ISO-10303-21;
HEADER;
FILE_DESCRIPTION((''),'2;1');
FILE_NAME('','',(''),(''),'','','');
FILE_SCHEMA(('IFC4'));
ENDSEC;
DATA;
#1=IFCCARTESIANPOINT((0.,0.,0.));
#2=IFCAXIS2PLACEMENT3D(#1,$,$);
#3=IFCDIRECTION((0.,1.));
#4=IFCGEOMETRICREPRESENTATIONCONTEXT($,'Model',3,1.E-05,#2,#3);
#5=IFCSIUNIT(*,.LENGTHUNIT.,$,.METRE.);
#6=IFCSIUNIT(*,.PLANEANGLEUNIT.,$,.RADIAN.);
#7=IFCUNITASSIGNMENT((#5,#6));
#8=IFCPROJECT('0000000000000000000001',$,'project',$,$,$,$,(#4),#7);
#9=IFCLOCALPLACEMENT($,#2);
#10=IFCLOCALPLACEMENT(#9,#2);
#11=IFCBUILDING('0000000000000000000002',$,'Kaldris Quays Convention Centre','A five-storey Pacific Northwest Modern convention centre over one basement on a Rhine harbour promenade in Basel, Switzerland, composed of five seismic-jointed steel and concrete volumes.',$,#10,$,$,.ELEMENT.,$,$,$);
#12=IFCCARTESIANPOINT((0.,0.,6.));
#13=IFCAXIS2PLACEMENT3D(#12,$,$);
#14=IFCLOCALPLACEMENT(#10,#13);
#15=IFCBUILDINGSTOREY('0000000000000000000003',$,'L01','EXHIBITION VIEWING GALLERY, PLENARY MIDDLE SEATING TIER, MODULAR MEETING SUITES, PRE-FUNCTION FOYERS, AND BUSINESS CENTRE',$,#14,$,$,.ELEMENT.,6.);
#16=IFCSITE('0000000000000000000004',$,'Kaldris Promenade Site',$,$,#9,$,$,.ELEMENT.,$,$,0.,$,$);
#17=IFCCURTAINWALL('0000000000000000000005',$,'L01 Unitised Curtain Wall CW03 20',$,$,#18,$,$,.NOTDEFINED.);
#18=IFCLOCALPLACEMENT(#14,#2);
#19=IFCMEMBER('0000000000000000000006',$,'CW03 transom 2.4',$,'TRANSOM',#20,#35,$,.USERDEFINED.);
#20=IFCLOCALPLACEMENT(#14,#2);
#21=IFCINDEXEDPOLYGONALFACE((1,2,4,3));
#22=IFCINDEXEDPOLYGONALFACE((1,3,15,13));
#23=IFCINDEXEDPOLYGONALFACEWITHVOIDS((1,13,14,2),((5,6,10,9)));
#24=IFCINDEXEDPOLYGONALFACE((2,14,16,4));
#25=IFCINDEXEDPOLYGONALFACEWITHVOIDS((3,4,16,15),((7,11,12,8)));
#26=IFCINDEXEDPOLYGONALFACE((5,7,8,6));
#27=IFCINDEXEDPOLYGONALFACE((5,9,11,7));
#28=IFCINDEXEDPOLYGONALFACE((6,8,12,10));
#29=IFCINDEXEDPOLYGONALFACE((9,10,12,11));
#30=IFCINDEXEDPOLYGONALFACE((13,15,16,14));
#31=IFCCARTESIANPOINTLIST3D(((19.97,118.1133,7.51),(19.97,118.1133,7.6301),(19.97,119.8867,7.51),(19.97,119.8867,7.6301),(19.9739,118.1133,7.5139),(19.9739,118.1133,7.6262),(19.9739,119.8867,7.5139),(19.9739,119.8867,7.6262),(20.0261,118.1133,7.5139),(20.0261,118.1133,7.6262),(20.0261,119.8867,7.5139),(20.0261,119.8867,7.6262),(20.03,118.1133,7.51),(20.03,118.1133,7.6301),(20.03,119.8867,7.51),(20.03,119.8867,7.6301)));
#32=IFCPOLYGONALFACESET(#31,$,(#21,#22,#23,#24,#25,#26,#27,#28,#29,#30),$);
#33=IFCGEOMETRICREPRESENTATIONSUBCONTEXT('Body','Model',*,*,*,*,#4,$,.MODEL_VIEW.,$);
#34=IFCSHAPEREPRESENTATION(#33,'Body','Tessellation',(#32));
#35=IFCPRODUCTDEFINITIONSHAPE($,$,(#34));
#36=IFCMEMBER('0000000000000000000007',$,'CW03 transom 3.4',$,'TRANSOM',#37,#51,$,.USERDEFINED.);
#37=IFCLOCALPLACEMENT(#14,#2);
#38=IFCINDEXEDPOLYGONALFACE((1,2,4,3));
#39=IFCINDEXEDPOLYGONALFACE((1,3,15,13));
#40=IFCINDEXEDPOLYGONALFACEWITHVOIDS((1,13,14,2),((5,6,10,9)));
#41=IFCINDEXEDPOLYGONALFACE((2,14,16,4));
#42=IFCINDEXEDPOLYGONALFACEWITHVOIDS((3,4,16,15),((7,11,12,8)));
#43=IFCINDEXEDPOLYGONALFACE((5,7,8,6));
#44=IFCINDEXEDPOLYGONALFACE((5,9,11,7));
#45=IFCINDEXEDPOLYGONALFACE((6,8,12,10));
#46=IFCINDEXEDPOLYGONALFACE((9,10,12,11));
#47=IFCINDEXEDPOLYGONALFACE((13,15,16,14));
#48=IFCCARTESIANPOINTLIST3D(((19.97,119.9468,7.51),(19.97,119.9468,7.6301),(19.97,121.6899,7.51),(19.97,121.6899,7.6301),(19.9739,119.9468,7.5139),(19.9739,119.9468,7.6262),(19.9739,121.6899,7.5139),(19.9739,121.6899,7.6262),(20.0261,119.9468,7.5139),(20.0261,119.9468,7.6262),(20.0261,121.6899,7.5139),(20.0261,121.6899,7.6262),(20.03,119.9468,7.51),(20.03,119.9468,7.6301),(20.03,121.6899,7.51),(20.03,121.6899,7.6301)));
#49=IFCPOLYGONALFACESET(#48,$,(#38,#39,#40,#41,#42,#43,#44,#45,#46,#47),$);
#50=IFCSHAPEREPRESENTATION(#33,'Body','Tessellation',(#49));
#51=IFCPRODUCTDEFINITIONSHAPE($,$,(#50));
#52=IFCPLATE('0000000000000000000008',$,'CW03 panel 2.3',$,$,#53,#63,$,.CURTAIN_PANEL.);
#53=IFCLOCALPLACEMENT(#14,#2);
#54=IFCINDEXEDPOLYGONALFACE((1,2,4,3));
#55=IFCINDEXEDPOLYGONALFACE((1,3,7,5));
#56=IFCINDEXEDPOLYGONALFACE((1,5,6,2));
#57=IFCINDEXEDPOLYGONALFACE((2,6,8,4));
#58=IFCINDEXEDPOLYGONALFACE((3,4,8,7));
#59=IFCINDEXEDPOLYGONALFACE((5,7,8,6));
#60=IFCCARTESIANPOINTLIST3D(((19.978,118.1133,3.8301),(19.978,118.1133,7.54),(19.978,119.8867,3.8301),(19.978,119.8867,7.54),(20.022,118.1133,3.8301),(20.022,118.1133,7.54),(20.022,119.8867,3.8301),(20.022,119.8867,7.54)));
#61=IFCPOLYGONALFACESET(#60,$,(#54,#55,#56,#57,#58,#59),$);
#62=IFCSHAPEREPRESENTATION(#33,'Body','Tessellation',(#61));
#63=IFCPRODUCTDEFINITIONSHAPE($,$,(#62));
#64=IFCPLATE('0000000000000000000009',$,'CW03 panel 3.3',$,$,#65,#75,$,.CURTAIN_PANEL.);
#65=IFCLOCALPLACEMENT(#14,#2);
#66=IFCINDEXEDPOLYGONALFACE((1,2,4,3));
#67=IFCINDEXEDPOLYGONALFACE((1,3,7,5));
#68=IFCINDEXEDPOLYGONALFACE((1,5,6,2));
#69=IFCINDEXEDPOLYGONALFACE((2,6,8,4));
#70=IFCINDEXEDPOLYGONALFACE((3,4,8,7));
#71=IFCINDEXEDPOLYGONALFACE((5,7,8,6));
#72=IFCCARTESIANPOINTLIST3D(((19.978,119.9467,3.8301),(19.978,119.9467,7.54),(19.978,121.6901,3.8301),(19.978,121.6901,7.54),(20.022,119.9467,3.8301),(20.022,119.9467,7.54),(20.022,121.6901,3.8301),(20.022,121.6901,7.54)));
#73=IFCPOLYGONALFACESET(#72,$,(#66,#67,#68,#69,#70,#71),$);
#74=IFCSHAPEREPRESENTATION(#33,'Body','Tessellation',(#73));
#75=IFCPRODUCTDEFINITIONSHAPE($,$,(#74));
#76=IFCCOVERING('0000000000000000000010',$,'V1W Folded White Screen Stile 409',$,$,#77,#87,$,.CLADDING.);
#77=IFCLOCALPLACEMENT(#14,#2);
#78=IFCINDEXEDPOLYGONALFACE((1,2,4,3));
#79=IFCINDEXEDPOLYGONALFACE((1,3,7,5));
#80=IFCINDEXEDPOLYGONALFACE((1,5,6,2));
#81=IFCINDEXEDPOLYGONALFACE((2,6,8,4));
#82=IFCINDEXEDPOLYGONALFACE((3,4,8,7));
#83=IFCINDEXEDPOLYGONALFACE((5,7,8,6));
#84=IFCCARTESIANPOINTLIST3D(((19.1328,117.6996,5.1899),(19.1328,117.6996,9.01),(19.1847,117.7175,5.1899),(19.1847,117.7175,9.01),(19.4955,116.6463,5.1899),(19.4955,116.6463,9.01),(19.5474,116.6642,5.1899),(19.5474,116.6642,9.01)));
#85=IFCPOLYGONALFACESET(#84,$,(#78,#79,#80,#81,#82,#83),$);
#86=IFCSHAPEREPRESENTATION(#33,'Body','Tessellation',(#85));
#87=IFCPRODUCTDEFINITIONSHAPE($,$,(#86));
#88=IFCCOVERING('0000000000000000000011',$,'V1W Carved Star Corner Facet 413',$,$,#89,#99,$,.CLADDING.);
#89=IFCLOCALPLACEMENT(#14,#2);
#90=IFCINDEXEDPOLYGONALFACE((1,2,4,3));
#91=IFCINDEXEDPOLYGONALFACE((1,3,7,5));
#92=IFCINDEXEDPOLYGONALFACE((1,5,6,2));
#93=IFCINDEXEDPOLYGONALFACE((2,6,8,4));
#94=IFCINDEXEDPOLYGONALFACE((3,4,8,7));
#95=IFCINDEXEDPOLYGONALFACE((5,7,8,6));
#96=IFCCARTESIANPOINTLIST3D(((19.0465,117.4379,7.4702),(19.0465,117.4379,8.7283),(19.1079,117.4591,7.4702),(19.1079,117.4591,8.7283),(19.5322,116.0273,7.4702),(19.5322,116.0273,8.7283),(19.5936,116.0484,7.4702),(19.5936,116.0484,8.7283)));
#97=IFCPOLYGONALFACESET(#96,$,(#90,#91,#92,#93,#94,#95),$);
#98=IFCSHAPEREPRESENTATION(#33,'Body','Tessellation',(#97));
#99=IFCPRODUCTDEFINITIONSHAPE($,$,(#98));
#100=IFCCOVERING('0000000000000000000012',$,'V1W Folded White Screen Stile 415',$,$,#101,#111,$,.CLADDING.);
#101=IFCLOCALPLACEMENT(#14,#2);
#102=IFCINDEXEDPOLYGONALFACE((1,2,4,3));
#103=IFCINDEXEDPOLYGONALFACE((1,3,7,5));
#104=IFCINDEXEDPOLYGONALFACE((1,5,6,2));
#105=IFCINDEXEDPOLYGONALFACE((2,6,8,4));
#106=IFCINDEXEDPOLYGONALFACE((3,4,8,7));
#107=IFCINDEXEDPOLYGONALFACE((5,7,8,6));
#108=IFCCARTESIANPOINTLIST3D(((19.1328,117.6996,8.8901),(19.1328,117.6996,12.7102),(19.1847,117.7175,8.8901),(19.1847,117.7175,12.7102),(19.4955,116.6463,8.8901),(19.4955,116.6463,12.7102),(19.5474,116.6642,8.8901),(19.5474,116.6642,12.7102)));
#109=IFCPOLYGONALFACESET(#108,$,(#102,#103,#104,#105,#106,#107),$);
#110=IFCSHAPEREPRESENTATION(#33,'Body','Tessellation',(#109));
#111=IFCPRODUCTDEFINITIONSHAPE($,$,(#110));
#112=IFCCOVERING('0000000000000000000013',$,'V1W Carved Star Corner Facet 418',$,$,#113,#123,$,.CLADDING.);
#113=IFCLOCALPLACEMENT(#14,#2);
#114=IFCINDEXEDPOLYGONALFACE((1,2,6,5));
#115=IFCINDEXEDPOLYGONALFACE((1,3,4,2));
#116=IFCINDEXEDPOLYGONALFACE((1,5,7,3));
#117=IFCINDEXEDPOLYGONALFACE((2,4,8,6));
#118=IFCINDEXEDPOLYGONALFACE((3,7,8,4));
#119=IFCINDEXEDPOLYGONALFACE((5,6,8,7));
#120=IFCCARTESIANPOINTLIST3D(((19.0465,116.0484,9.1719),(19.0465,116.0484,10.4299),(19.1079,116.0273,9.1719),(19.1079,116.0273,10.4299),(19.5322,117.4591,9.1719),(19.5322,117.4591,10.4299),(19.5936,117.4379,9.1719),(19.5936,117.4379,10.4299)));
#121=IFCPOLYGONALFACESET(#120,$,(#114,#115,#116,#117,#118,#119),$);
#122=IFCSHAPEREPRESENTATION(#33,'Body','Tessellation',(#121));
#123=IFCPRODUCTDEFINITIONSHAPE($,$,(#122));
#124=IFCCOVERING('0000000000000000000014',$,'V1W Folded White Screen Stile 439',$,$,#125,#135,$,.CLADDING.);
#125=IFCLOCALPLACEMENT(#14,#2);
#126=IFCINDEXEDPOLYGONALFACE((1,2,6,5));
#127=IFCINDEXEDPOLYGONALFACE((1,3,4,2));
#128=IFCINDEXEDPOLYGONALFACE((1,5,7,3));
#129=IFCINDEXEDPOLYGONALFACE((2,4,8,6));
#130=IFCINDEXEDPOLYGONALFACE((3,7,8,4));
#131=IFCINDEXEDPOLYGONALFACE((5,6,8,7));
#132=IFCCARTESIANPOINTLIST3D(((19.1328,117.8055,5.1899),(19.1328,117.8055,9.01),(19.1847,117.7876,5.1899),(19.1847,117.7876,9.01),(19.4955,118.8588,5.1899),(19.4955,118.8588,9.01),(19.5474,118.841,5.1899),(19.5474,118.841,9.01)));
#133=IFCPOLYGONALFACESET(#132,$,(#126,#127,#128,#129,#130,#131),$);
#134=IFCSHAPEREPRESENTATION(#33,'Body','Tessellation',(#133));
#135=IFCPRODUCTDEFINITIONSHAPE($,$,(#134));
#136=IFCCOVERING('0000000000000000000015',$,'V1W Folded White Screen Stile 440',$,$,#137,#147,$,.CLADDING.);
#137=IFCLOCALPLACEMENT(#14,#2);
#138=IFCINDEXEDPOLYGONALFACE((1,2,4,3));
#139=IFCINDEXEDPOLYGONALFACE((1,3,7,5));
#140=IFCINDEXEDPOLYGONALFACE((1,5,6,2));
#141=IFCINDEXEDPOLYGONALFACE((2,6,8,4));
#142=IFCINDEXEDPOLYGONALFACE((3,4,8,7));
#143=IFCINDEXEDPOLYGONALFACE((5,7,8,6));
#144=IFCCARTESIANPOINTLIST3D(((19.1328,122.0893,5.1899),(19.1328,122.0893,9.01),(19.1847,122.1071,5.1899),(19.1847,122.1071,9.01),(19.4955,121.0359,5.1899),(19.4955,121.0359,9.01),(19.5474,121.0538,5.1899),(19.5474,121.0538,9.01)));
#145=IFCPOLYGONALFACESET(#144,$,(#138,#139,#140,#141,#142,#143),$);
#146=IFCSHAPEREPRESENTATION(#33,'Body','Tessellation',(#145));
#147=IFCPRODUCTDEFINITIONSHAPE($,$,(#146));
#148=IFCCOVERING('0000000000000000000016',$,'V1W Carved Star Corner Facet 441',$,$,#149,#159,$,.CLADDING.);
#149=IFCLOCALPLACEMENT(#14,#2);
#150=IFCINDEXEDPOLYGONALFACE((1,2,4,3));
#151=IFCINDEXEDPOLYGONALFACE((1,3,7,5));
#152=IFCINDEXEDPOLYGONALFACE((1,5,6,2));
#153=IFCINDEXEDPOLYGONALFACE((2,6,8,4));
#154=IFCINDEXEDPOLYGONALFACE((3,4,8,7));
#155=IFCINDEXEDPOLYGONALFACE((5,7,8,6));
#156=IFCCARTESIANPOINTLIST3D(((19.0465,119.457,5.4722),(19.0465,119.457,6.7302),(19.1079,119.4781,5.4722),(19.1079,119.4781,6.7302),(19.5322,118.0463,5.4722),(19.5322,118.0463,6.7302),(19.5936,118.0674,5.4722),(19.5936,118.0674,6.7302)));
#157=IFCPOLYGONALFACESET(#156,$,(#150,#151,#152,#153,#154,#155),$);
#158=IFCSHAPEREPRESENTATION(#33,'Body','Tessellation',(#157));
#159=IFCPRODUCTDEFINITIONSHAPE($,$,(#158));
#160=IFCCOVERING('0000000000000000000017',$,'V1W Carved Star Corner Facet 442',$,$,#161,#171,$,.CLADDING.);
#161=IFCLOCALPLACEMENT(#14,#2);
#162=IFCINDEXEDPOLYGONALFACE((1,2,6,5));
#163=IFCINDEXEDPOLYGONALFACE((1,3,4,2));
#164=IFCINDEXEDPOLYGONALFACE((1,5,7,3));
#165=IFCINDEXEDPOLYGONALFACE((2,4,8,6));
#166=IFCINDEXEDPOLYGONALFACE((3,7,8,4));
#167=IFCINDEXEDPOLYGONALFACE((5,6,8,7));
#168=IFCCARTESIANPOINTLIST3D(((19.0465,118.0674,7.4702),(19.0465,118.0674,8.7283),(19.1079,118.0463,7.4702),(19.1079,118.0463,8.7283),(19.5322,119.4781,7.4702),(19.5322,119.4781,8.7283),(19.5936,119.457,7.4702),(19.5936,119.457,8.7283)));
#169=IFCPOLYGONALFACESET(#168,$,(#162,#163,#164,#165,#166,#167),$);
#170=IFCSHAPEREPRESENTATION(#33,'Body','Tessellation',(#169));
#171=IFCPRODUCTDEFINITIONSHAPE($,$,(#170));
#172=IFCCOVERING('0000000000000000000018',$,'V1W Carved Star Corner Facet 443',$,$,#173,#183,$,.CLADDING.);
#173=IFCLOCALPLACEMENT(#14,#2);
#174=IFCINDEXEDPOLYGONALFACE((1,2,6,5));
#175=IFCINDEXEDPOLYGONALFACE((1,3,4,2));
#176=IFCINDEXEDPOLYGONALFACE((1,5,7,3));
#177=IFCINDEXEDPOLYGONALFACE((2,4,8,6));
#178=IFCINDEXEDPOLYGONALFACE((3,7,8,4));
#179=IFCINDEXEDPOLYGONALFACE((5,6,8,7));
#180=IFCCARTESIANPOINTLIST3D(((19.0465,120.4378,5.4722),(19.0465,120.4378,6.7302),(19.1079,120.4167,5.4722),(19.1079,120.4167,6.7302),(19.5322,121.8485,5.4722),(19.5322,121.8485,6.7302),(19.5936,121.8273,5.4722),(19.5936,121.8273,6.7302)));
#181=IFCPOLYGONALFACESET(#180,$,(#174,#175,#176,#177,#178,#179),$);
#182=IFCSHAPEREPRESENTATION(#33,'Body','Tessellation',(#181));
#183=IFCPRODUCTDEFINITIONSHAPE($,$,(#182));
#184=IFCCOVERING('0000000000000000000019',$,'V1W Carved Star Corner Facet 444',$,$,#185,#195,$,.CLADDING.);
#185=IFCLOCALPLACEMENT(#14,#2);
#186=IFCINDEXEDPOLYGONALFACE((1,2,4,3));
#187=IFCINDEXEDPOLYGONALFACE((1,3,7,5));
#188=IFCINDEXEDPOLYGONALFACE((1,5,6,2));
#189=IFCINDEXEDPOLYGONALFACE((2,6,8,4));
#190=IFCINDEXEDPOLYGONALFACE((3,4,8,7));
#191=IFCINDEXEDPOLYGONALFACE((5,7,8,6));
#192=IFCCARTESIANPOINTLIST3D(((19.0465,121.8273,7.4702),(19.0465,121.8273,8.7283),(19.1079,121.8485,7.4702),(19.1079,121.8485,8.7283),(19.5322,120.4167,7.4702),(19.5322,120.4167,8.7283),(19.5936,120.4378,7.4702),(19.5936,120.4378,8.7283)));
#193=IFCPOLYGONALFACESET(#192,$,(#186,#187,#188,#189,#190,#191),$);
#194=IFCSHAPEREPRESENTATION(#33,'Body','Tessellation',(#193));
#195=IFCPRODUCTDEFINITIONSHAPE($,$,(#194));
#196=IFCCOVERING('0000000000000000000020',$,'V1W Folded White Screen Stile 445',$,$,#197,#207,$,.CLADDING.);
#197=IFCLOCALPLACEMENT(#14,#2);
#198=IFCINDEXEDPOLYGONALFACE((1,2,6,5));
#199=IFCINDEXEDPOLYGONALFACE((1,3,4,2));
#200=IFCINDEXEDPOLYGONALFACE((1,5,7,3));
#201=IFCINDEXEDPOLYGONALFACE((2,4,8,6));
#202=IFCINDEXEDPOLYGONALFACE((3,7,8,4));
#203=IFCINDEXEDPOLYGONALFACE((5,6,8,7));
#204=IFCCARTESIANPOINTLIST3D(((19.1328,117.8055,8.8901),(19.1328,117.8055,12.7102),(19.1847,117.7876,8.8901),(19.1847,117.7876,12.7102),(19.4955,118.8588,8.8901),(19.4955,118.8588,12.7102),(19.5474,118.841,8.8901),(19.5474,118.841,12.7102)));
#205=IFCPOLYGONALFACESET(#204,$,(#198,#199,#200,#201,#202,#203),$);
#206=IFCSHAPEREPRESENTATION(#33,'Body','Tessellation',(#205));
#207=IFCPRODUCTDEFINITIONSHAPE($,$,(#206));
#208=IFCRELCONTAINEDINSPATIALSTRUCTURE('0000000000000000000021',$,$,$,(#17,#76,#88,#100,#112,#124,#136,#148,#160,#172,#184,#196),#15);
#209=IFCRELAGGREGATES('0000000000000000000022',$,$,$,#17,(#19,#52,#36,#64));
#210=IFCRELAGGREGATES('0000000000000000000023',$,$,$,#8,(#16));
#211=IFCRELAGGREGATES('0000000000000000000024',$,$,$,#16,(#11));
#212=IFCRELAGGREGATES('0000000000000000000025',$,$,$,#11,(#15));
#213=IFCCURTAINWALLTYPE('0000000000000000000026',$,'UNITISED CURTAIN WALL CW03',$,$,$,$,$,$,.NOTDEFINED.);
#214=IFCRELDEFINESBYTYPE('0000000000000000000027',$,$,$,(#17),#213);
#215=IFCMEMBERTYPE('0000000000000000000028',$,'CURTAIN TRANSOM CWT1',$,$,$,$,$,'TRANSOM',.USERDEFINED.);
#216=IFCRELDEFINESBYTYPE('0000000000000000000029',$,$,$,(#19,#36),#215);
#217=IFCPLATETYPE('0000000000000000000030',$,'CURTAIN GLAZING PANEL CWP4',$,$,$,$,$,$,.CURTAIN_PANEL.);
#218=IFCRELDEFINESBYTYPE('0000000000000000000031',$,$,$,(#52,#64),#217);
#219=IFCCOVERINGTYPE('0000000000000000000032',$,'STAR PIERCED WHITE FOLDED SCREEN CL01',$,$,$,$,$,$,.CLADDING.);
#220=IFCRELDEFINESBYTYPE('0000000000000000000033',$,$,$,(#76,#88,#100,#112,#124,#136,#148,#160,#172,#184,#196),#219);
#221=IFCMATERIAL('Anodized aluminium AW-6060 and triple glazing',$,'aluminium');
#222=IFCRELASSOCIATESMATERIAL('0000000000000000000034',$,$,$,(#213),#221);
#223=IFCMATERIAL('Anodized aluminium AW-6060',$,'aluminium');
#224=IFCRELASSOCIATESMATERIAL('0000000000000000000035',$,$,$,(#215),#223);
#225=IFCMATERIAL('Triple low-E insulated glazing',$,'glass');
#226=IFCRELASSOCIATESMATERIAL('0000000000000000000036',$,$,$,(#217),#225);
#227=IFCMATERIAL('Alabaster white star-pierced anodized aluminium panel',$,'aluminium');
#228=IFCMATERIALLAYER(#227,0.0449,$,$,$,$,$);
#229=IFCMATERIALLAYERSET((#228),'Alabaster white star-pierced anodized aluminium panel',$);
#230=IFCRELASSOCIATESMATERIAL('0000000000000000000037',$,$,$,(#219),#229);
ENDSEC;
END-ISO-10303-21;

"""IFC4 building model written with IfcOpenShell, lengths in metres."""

from ifc_helpers import new_model, si_unit, direction, frame, origin, origin_2d, place, context, subcontext, project, spatial, rectangle, hollow_rectangle, extrude, material, layer, layer_set, material_profile, profile_set, type_object, element, aggregate, save


model = new_model("IFC4")

# Units and contexts
model_context = context("Model", 3, precision=1e-05, world=origin(), true_north=direction((0.0, 1.0)))
body_context = subcontext(model_context, "Body", "Model", "MODEL_VIEW")
ifc_project = project(units=[si_unit("LENGTHUNIT", "METRE"), si_unit("PLANEANGLEUNIT", "RADIAN")], contexts=[model_context])

# Site, building, storey
site_placement = place(None, origin())
site = spatial("IfcSite", under=ifc_project, at=site_placement, Name="Kaldris Promenade Site", CompositionType="ELEMENT", RefElevation=0.0)
building_placement = place(site_placement, origin())
building = spatial("IfcBuilding", under=site, at=building_placement, Name="Kaldris Quays Convention Centre", Description="A five-storey Pacific Northwest Modern convention centre over one basement on a Rhine harbour promenade in Basel, Switzerland, composed of five seismic-jointed steel and concrete volumes.", CompositionType="ELEMENT")
storey_placement = place(building_placement, frame((0.0, 0.0, 6.0)))
storey = spatial("IfcBuildingStorey", under=building, at=storey_placement, Name="L01", Description="EXHIBITION VIEWING GALLERY, PLENARY MIDDLE SEATING TIER, MODULAR MEETING SUITES, PRE-FUNCTION FOYERS, AND BUSINESS CENTRE", CompositionType="ELEMENT", Elevation=6.0)

# Curtain wall, members, plates
ifc_material_1 = material(Name="Anodized aluminium AW-6060 and triple glazing", Category="aluminium")
curtain_wall_type = type_object("IfcCurtainWallType", Name="UNITISED CURTAIN WALL CW03", PredefinedType="NOTDEFINED", material=ifc_material_1)
curtain_wall_placement = place(storey_placement, origin())
curtain_wall = element("IfcCurtainWall", 1, at=curtain_wall_placement, inside=storey, type_object=curtain_wall_type, Name="L01 Unitised Curtain Wall CW03 20", PredefinedType="NOTDEFINED")
ifc_material_2 = material(Name="Anodized aluminium AW-6060", Category="aluminium")
ifc_material_profile = material_profile(ifc_material_2, hollow_rectangle(XDim=0.0601, YDim=0.1201, WallThickness=0.0039, at=origin_2d()), Name="RHS 120x60x4")
ifc_profile_set = profile_set([ifc_material_profile], Name="Anodized aluminium AW-6060")
member_type = type_object("IfcMemberType", Name="CURTAIN TRANSOM CWT1", ElementType="TRANSOM", PredefinedType="USERDEFINED", material=ifc_profile_set)
member_1_placement = place(storey_placement, frame((20.0, 118.1133, 7.5701), z_axis=(0.0, 1.0, 0.0), x_axis=(-1.0, 0.0, 0.0)))
member_1 = element("IfcMember", 2, at=member_1_placement, type_object=member_type, Name="CW03 transom 2.4", ObjectType="TRANSOM", PredefinedType="USERDEFINED", context=body_context, shape_type="SweptSolid", body=[
    extrude(hollow_rectangle(XDim=0.0601, YDim=0.1201, WallThickness=0.0039, at=origin_2d()), origin(), (0.0, 0.0, 1.0), 1.7734),
])
member_2_placement = place(storey_placement, frame((20.0, 119.9468, 7.5701), z_axis=(0.0, 1.0, 0.0), x_axis=(-1.0, 0.0, 0.0)))
member_2 = element("IfcMember", 3, at=member_2_placement, type_object=member_type, Name="CW03 transom 3.4", ObjectType="TRANSOM", PredefinedType="USERDEFINED", context=body_context, shape_type="SweptSolid", body=[
    extrude(hollow_rectangle(XDim=0.0601, YDim=0.1201, WallThickness=0.0039, at=origin_2d()), origin(), (0.0, 0.0, 1.0), 1.7432),
])
ifc_material_3 = material(Name="Triple low-E insulated glazing", Category="glass")
plate_type = type_object("IfcPlateType", Name="CURTAIN GLAZING PANEL CWP4", PredefinedType="CURTAIN_PANEL", material=ifc_material_3)
plate_1_placement = place(storey_placement, frame((20.0, 119.0, 3.8301), z_axis=(0.0, 0.0, 1.0), x_axis=(0.0, 1.0, 0.0)))
plate_1 = element("IfcPlate", 4, at=plate_1_placement, type_object=plate_type, Name="CW03 panel 2.3", PredefinedType="CURTAIN_PANEL", context=body_context, shape_type="SweptSolid", body=[
    extrude(rectangle(XDim=1.7734, YDim=0.0439, at=origin_2d()), origin(), (0.0, 0.0, 1.0), 3.71),
])
plate_2_placement = place(storey_placement, frame((20.0, 120.8184, 3.8301), z_axis=(0.0, 0.0, 1.0), x_axis=(0.0, 1.0, 0.0)))
plate_2 = element("IfcPlate", 5, at=plate_2_placement, type_object=plate_type, Name="CW03 panel 3.3", PredefinedType="CURTAIN_PANEL", context=body_context, shape_type="SweptSolid", body=[
    extrude(rectangle(XDim=1.7434, YDim=0.0439, at=origin_2d()), origin(), (0.0, 0.0, 1.0), 3.71),
])
aggregate(curtain_wall, [member_1, plate_1, member_2, plate_2])

# Coverings
ifc_material_4 = material(Name="Alabaster white star-pierced anodized aluminium panel", Category="aluminium")
ifc_layer = layer(ifc_material_4, 0.0449)
ifc_layer_set = layer_set([ifc_layer], Name="Alabaster white star-pierced anodized aluminium panel")
covering_type = type_object("IfcCoveringType", Name="STAR PIERCED WHITE FOLDED SCREEN CL01", PredefinedType="CLADDING", material=ifc_layer_set)
covering_1_placement = place(storey_placement, frame((19.3401, 117.1819, 5.1899), z_axis=(0.0, 0.0, 1.0), x_axis=(-0.325568, 0.945519, 0.0)))
element("IfcCovering", 6, at=covering_1_placement, inside=storey, type_object=covering_type, Name="V1W Folded White Screen Stile 409", PredefinedType="CLADDING", context=body_context, shape_type="SweptSolid", body=[
    extrude(rectangle(XDim=1.114, YDim=0.0549, at=origin_2d()), origin(), (0.0, 0.0, 1.0), 3.8201),
])
covering_2_placement = place(storey_placement, frame((19.3201, 116.7432, 7.4702), z_axis=(0.0, 0.0, 1.0), x_axis=(-0.325568, 0.945519, 0.0)))
element("IfcCovering", 7, at=covering_2_placement, inside=storey, type_object=covering_type, Name="V1W Carved Star Corner Facet 413", PredefinedType="CLADDING", context=body_context, shape_type="SweptSolid", body=[
    extrude(rectangle(XDim=1.4919, YDim=0.0649, at=origin_2d()), origin(), (0.0, 0.0, 1.0), 1.2581),
])
covering_3_placement = place(storey_placement, frame((19.3401, 117.1819, 8.8901), z_axis=(0.0, 0.0, 1.0), x_axis=(-0.325568, 0.945519, 0.0)))
element("IfcCovering", 8, at=covering_3_placement, inside=storey, type_object=covering_type, Name="V1W Folded White Screen Stile 415", PredefinedType="CLADDING", context=body_context, shape_type="SweptSolid", body=[
    extrude(rectangle(XDim=1.114, YDim=0.0549, at=origin_2d()), origin(), (0.0, 0.0, 1.0), 3.8201),
])
covering_4_placement = place(storey_placement, frame((19.3201, 116.7432, 9.1719), z_axis=(0.0, 0.0, 1.0), x_axis=(0.325568, 0.945519, 0.0)))
element("IfcCovering", 9, at=covering_4_placement, inside=storey, type_object=covering_type, Name="V1W Carved Star Corner Facet 418", PredefinedType="CLADDING", context=body_context, shape_type="SweptSolid", body=[
    extrude(rectangle(XDim=1.4919, YDim=0.0649, at=origin_2d()), origin(), (0.0, 0.0, 1.0), 1.2581),
])
for number, where, z_axis, x_axis, name in (
    (10, (19.3401, 118.3232, 5.1899), (0.0, 0.0, 1.0), (0.325568, 0.945519, 0.0), "V1W Folded White Screen Stile 439"),
    (11, (19.3401, 121.5715, 5.1899), (0.0, 0.0, 1.0), (-0.325568, 0.945519, 0.0), "V1W Folded White Screen Stile 440"),
):
    element("IfcCovering", number, at=place(storey_placement, frame(where, z_axis=z_axis, x_axis=x_axis)), inside=storey, type_object=covering_type, Name=name, PredefinedType="CLADDING", context=body_context, shape_type="SweptSolid", body=[
        extrude(rectangle(XDim=1.114, YDim=0.0549, at=origin_2d()), origin(), (0.0, 0.0, 1.0), 3.8201),
    ])
for number, where, z_axis, x_axis, name in (
    (12, (19.3201, 118.7622, 5.4722), (0.0, 0.0, 1.0), (-0.325568, 0.945519, 0.0), "V1W Carved Star Corner Facet 441"),
    (13, (19.3201, 118.7622, 7.4702), (0.0, 0.0, 1.0), (0.325568, 0.945519, 0.0), "V1W Carved Star Corner Facet 442"),
    (14, (19.3201, 121.1326, 5.4722), (0.0, 0.0, 1.0), (0.325568, 0.945519, 0.0), "V1W Carved Star Corner Facet 443"),
    (15, (19.3201, 121.1326, 7.4702), (0.0, 0.0, 1.0), (-0.325568, 0.945519, 0.0), "V1W Carved Star Corner Facet 444"),
):
    element("IfcCovering", number, at=place(storey_placement, frame(where, z_axis=z_axis, x_axis=x_axis)), inside=storey, type_object=covering_type, Name=name, PredefinedType="CLADDING", context=body_context, shape_type="SweptSolid", body=[
        extrude(rectangle(XDim=1.4919, YDim=0.0649, at=origin_2d()), origin(), (0.0, 0.0, 1.0), 1.2581),
    ])
for number, where, z_axis, x_axis, name in (
    (16, (19.3401, 118.3232, 8.8901), (0.0, 0.0, 1.0), (0.325568, 0.945519, 0.0), "V1W Folded White Screen Stile 445"),
):
    element("IfcCovering", number, at=place(storey_placement, frame(where, z_axis=z_axis, x_axis=x_axis)), inside=storey, type_object=covering_type, Name=name, PredefinedType="CLADDING", context=body_context, shape_type="SweptSolid", body=[
        extrude(rectangle(XDim=1.114, YDim=0.0549, at=origin_2d()), origin(), (0.0, 0.0, 1.0), 3.8201),
    ])

save(model, "model.ifc")
